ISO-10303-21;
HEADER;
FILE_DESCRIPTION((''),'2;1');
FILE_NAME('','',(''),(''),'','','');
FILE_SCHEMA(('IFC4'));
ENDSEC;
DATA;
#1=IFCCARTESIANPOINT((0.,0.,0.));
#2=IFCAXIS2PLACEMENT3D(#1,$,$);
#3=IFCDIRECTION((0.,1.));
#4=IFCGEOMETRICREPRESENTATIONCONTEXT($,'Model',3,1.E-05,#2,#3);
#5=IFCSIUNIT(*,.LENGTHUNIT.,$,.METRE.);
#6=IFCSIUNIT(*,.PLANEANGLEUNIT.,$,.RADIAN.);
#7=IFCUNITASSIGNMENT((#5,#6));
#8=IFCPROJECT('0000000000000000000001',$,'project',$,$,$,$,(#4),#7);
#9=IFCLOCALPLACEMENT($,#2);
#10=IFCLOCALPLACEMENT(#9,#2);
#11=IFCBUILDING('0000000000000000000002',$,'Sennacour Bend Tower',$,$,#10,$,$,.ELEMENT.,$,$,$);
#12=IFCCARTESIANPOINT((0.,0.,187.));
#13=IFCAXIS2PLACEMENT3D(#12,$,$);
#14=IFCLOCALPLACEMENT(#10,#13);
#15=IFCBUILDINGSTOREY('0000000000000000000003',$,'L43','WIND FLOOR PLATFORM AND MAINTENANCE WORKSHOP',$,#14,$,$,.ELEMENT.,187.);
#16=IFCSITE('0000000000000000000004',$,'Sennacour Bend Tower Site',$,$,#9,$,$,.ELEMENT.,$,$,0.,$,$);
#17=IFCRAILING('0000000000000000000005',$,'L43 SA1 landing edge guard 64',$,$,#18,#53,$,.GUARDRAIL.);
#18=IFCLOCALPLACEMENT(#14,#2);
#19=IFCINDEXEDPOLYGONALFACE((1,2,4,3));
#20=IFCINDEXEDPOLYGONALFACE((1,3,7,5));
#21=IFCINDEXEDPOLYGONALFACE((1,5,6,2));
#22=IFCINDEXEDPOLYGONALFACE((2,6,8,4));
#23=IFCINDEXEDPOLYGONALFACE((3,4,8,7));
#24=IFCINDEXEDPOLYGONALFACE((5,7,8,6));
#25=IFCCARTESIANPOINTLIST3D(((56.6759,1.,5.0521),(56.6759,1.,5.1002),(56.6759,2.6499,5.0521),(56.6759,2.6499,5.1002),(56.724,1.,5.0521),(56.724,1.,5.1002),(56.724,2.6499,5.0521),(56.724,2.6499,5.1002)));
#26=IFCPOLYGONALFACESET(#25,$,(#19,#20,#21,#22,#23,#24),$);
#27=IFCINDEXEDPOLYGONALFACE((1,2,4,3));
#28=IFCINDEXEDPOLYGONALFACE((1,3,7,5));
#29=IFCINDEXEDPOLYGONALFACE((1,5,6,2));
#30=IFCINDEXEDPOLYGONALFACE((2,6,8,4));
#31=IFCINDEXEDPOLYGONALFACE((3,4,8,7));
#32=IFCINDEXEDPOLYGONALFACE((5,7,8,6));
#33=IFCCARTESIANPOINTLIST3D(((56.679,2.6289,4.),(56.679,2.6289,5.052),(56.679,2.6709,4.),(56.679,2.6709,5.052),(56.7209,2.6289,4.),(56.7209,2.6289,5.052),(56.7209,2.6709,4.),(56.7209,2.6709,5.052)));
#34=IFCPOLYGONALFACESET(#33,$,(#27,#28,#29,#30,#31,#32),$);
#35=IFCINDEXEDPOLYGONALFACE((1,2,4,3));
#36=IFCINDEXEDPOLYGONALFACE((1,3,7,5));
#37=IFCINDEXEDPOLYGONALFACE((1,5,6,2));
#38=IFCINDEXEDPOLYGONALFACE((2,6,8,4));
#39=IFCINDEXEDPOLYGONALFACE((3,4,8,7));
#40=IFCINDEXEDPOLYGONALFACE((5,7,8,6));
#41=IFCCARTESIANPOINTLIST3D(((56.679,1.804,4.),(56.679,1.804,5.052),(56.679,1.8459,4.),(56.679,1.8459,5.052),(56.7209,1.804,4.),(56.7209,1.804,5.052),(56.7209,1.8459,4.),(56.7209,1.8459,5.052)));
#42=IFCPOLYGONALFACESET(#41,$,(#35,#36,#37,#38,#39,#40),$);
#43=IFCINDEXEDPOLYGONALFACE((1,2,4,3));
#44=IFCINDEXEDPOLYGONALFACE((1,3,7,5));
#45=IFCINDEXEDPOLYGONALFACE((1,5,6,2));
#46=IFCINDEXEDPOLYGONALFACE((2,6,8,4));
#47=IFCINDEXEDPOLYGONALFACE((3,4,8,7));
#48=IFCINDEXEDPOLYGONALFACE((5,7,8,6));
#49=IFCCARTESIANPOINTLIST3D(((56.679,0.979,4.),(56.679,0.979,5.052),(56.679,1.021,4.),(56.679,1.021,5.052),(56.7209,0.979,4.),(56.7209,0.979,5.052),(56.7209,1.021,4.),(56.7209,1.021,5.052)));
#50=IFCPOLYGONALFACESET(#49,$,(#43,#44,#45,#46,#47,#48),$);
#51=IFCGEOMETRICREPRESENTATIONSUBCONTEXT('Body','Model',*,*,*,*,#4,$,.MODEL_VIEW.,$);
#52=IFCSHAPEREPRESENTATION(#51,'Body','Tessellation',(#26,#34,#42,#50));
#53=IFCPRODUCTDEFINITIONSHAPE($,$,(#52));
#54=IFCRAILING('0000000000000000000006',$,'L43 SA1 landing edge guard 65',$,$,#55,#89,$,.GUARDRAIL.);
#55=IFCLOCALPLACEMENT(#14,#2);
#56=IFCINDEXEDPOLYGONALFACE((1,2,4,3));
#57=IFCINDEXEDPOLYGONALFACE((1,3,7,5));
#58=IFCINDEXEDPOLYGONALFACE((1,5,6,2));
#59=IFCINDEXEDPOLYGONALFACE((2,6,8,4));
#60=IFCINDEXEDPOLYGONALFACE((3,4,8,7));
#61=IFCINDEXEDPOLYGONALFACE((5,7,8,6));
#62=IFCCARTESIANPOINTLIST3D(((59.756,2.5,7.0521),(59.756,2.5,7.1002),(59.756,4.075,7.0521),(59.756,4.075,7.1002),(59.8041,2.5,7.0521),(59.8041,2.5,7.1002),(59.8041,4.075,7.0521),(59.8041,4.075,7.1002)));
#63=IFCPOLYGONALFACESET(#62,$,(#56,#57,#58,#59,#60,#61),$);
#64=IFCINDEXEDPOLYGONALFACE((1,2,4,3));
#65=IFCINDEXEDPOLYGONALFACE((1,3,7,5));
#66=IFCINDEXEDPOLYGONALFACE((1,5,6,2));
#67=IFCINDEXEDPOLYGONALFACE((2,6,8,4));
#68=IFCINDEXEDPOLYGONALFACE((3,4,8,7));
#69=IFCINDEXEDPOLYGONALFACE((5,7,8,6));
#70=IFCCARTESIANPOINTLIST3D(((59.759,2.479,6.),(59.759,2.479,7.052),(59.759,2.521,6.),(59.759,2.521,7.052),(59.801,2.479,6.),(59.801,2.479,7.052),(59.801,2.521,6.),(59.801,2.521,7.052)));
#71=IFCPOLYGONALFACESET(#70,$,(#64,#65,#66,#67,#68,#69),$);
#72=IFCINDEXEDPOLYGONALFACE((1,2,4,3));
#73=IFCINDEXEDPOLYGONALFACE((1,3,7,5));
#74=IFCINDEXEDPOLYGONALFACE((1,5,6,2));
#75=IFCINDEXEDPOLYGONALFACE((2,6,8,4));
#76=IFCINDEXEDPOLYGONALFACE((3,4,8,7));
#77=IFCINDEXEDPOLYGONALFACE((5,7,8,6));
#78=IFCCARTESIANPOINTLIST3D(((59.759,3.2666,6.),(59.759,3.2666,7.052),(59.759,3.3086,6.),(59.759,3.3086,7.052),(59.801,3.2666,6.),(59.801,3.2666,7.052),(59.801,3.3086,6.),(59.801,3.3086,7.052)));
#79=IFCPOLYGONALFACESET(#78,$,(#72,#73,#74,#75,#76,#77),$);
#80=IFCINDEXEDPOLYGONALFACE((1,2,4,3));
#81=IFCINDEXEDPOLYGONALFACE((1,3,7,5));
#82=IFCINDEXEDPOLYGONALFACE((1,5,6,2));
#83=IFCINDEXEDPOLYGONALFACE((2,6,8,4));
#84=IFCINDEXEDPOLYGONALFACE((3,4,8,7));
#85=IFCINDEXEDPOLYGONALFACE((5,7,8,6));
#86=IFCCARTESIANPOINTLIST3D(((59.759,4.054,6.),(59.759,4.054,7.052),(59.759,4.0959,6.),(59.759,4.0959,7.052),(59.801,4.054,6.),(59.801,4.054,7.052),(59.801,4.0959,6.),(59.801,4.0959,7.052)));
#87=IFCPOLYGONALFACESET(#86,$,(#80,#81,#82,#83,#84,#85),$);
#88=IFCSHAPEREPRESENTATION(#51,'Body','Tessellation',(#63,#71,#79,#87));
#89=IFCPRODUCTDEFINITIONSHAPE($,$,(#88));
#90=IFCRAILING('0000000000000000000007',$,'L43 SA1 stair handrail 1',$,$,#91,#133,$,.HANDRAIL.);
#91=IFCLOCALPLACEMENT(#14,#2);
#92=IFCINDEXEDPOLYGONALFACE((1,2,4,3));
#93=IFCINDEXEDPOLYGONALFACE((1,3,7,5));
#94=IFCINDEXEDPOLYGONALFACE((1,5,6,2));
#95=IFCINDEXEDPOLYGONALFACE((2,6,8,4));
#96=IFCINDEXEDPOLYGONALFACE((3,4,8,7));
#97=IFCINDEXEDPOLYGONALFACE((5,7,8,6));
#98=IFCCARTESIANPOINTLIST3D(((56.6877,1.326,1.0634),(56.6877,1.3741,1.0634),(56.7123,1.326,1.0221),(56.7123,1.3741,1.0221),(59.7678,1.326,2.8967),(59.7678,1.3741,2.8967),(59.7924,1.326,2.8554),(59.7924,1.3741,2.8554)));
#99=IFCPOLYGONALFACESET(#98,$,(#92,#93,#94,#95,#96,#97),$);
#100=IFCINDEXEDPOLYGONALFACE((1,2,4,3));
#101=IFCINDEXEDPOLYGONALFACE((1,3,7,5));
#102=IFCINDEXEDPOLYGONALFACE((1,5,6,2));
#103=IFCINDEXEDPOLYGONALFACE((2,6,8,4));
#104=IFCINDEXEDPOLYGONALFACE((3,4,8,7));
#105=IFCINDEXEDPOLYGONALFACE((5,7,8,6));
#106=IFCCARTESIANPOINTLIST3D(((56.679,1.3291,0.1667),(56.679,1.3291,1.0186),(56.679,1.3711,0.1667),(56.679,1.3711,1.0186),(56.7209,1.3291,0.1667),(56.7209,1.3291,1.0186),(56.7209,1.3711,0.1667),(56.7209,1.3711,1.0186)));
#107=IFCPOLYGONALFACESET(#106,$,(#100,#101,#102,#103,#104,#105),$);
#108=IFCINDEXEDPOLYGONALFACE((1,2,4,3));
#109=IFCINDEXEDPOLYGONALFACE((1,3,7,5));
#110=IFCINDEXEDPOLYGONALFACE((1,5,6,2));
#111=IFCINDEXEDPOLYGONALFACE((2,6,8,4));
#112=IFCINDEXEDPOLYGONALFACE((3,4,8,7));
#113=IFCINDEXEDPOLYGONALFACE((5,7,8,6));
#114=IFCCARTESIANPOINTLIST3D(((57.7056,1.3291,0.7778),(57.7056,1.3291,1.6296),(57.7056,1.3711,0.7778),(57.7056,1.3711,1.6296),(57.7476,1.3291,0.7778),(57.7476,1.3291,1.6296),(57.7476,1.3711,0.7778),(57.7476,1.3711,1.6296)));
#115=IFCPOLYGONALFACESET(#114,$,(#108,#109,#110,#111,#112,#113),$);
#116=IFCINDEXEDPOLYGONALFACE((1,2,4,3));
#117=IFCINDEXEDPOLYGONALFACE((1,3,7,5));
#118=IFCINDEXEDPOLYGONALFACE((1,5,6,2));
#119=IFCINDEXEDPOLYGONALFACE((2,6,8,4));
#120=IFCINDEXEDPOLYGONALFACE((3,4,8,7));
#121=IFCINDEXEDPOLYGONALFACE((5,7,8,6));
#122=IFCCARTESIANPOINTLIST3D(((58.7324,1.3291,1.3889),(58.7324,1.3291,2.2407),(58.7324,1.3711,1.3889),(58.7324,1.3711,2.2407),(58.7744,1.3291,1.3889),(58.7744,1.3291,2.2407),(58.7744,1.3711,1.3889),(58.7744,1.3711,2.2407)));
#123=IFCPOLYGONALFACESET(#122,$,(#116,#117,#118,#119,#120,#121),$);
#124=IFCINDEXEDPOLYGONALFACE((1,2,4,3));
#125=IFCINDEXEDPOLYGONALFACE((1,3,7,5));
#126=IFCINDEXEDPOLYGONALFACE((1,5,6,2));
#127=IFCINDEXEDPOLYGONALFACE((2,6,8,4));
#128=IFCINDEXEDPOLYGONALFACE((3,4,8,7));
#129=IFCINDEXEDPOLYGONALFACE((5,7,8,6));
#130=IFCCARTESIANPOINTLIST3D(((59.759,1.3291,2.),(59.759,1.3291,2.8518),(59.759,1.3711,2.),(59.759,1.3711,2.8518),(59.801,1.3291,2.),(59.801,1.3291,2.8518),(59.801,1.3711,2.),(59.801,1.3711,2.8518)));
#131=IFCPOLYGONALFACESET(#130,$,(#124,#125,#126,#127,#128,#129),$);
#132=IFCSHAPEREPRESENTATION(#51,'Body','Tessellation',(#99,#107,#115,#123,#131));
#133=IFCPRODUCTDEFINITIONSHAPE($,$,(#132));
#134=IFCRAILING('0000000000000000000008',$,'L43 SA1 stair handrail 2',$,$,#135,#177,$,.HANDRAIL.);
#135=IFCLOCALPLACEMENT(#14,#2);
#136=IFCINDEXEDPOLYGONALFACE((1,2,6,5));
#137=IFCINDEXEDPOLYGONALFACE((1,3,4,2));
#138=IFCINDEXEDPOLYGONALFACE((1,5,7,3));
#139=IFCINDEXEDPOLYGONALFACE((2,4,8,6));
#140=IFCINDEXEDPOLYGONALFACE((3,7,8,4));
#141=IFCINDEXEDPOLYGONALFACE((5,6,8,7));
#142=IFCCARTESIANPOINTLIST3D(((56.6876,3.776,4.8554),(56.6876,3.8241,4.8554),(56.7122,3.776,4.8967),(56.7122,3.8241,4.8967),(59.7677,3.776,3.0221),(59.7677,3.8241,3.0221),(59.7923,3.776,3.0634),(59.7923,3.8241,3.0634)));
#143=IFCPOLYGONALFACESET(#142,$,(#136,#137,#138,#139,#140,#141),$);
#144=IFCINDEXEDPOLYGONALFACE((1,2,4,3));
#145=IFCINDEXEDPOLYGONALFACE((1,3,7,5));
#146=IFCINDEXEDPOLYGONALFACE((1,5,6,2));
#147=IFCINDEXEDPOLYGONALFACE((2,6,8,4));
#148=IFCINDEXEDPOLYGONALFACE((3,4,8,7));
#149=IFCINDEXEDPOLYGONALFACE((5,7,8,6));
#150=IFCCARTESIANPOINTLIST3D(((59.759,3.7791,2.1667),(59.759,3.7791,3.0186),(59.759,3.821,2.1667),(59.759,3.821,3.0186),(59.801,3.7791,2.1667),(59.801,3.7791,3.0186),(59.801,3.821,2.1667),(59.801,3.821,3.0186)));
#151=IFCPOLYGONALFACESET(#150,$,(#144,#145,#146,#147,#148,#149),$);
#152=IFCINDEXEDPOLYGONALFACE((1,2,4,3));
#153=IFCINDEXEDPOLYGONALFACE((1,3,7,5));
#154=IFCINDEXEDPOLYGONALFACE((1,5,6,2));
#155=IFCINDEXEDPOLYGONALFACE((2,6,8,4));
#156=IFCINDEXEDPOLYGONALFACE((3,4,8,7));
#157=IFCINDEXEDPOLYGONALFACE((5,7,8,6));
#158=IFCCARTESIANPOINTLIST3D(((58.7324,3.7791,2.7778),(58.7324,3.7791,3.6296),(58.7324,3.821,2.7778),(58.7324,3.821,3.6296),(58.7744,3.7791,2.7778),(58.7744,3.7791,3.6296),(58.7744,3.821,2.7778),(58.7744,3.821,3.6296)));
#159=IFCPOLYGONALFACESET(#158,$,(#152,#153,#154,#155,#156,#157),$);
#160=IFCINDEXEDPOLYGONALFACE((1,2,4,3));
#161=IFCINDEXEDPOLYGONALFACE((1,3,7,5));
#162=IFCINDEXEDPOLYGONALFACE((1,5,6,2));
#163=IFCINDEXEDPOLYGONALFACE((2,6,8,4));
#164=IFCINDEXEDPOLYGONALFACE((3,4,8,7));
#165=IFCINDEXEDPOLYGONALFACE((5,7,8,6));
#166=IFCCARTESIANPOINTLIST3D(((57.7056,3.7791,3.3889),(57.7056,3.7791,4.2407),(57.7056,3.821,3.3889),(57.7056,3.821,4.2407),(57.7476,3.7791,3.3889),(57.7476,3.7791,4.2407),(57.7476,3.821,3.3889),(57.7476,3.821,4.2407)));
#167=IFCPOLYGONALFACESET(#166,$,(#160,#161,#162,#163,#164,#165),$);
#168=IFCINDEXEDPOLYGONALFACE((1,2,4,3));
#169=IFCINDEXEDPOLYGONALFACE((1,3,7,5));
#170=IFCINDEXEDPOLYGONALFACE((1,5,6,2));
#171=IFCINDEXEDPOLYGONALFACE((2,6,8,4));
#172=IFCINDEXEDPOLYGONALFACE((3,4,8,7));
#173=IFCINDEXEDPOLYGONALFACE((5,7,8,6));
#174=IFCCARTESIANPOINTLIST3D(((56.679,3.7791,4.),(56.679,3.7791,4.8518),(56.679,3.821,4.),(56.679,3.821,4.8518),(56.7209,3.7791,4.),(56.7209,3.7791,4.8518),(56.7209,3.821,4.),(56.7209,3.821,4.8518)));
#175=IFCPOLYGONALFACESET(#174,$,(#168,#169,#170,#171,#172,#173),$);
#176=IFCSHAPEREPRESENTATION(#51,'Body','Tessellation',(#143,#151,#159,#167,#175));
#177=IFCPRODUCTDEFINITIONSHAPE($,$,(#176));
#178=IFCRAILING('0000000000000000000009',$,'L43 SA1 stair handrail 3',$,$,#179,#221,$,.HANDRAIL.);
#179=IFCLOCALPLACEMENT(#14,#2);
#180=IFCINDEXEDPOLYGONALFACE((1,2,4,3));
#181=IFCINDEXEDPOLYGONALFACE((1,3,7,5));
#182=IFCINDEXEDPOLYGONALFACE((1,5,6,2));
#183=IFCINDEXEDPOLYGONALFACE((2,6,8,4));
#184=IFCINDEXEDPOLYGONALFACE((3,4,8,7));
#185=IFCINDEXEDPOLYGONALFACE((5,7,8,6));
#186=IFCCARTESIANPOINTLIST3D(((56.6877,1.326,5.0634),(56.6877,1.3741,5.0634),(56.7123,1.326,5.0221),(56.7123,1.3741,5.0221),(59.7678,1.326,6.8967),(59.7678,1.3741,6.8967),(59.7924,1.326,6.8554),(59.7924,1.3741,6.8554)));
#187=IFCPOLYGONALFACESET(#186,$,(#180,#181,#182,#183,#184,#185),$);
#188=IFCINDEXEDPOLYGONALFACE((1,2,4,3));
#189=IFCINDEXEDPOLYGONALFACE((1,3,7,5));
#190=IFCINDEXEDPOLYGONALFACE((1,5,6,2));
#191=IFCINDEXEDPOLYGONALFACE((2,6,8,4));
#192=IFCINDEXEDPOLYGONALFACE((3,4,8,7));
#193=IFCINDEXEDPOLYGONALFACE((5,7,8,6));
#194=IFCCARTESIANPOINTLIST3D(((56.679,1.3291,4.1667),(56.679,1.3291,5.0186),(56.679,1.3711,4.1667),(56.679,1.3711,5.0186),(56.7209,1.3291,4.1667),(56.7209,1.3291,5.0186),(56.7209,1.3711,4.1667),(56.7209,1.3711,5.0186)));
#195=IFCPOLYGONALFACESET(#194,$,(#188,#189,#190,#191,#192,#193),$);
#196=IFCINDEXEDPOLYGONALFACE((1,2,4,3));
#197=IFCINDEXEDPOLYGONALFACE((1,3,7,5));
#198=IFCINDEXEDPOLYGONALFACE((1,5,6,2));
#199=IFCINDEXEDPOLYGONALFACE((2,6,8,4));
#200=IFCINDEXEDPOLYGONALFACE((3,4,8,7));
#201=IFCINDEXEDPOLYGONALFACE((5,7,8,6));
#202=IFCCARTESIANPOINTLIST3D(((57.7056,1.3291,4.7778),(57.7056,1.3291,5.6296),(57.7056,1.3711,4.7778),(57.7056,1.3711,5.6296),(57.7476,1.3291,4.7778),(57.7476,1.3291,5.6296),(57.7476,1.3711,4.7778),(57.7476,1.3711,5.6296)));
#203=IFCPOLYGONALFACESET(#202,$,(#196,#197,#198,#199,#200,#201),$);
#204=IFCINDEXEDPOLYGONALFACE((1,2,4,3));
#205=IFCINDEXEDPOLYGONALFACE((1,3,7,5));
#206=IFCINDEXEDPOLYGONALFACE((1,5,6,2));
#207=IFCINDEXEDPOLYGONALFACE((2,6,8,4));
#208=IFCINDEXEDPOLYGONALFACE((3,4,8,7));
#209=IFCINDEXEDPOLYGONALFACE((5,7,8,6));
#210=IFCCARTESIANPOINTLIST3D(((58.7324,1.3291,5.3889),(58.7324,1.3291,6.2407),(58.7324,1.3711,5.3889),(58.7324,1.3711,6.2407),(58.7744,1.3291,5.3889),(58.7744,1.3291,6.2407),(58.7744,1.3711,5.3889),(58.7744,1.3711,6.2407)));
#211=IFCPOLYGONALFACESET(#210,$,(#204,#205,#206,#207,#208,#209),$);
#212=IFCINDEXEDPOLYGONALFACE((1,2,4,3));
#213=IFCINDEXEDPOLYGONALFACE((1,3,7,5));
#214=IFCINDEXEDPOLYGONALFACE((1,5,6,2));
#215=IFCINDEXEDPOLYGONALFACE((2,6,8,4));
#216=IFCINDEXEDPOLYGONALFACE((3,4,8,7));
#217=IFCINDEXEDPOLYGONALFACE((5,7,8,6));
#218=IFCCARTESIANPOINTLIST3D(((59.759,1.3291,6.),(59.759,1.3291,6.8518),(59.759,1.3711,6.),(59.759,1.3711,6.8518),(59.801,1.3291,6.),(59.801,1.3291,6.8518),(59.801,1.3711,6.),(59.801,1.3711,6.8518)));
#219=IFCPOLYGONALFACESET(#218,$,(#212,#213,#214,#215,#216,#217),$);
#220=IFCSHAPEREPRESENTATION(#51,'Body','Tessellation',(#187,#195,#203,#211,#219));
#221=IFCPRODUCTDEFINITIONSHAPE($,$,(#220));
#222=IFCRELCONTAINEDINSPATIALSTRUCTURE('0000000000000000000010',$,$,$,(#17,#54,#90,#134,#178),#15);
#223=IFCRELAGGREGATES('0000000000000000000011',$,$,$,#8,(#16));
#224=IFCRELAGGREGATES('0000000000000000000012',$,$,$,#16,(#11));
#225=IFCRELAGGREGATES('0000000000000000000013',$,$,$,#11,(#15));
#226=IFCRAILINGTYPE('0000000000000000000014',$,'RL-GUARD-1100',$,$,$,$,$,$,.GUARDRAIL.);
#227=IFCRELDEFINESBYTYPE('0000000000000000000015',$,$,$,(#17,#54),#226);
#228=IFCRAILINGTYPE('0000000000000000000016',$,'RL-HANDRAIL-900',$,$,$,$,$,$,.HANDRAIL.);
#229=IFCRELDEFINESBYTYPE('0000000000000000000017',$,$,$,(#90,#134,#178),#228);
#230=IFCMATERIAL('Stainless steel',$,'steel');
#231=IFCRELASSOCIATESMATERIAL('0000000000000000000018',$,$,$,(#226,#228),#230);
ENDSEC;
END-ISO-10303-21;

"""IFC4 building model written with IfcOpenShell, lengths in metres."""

from ifc_helpers import new_model, si_unit, direction, frame, origin, origin_2d, place, context, subcontext, project, spatial, rectangle, extrude, material, type_object, element, save


model = new_model("IFC4")

# Units and contexts
model_context = context("Model", 3, precision=1e-05, world=origin(), true_north=direction((0.0, 1.0)))
body_context = subcontext(model_context, "Body", "Model", "MODEL_VIEW")
ifc_project = project(units=[si_unit("LENGTHUNIT", "METRE"), si_unit("PLANEANGLEUNIT", "RADIAN")], contexts=[model_context])

# Site, building, storey
site_placement = place(None, origin())
site = spatial("IfcSite", under=ifc_project, at=site_placement, Name="Sennacour Bend Tower Site", CompositionType="ELEMENT", RefElevation=0.0)
building_placement = place(site_placement, origin())
building = spatial("IfcBuilding", under=site, at=building_placement, Name="Sennacour Bend Tower", CompositionType="ELEMENT")
storey_placement = place(building_placement, frame((0.0, 0.0, 187.0)))
storey = spatial("IfcBuildingStorey", under=building, at=storey_placement, Name="L43", Description="WIND FLOOR PLATFORM AND MAINTENANCE WORKSHOP", CompositionType="ELEMENT", Elevation=187.0)

# Railings
ifc_material_1 = material(Name="Stainless steel", Category="steel")
railing_type_1 = type_object("IfcRailingType", Name="RL-GUARD-1100", PredefinedType="GUARDRAIL", material=ifc_material_1)
railing_1_placement = place(storey_placement, frame((56.7, 2.6499, 4.0)))
element("IfcRailing", 1, at=railing_1_placement, inside=storey, type_object=railing_type_1, Name="L43 SA1 landing edge guard 64", PredefinedType="GUARDRAIL", context=body_context, shape_type="SweptSolid", body=[
    extrude(rectangle(XDim=0.0481, YDim=0.0481, at=origin_2d()), frame((0.0, 0.0, 1.0762), z_axis=(0.0, -1.0, 0.0), x_axis=(1.0, 0.0, 0.0)), (0.0, 0.0, 1.0), 1.6499),
    extrude(rectangle(XDim=0.042, YDim=0.042, at=origin_2d()), origin(), (0.0, 0.0, 1.0), 1.052),
    extrude(rectangle(XDim=0.042, YDim=0.042, at=origin_2d()), frame((0.0, -0.825, 0.0)), (0.0, 0.0, 1.0), 1.052),
    extrude(rectangle(XDim=0.042, YDim=0.042, at=origin_2d()), frame((0.0, -1.6499, 0.0)), (0.0, 0.0, 1.0), 1.052),
])
railing_2_placement = place(storey_placement, frame((59.78, 2.5, 6.0)))
element("IfcRailing", 2, at=railing_2_placement, inside=storey, type_object=railing_type_1, Name="L43 SA1 landing edge guard 65", PredefinedType="GUARDRAIL", context=body_context, shape_type="SweptSolid", body=[
    extrude(rectangle(XDim=0.0481, YDim=0.0481, at=origin_2d()), frame((0.0, 0.0, 1.0762), z_axis=(0.0, 1.0, 0.0), x_axis=(-1.0, 0.0, 0.0)), (0.0, 0.0, 1.0), 1.575),
    extrude(rectangle(XDim=0.042, YDim=0.042, at=origin_2d()), origin(), (0.0, 0.0, 1.0), 1.052),
    extrude(rectangle(XDim=0.042, YDim=0.042, at=origin_2d()), frame((0.0, 0.7876, 0.0)), (0.0, 0.0, 1.0), 1.052),
    extrude(rectangle(XDim=0.042, YDim=0.042, at=origin_2d()), frame((0.0, 1.575, 0.0)), (0.0, 0.0, 1.0), 1.052),
])
railing_type_2 = type_object("IfcRailingType", Name="RL-HANDRAIL-900", PredefinedType="HANDRAIL", material=ifc_material_1)
railing_3_placement = place(storey_placement, frame((56.7, 1.3501, 0.1667)))
element("IfcRailing", 3, at=railing_3_placement, inside=storey, type_object=railing_type_2, Name="L43 SA1 stair handrail 1", PredefinedType="HANDRAIL", context=body_context, shape_type="SweptSolid", body=[
    extrude(rectangle(XDim=0.0481, YDim=0.0481, at=origin_2d()), frame((0.0, 0.0, 0.876), z_axis=(0.859309, 0.0, 0.511458), x_axis=(0.0, 1.0, 0.0)), (0.0, 0.0, 1.0), 3.5845),
    extrude(rectangle(XDim=0.042, YDim=0.042, at=origin_2d()), origin(), (0.0, 0.0, 1.0), 0.8518),
    extrude(rectangle(XDim=0.042, YDim=0.042, at=origin_2d()), frame((1.0266, 0.0, 0.6111)), (0.0, 0.0, 1.0), 0.8518),
    extrude(rectangle(XDim=0.042, YDim=0.042, at=origin_2d()), frame((2.0535, 0.0, 1.2222)), (0.0, 0.0, 1.0), 0.8518),
    extrude(rectangle(XDim=0.042, YDim=0.042, at=origin_2d()), frame((3.0801, 0.0, 1.8333)), (0.0, 0.0, 1.0), 0.8518),
])
railing_4_placement = place(storey_placement, frame((59.78, 3.8, 2.1667)))
element("IfcRailing", 4, at=railing_4_placement, inside=storey, type_object=railing_type_2, Name="L43 SA1 stair handrail 2", PredefinedType="HANDRAIL", context=body_context, shape_type="SweptSolid", body=[
    extrude(rectangle(XDim=0.0481, YDim=0.0481, at=origin_2d()), frame((0.0, 0.0, 0.876), z_axis=(-0.859309, 0.0, 0.511458), x_axis=(0.0, -1.0, 0.0)), (0.0, 0.0, 1.0), 3.5845),
    extrude(rectangle(XDim=0.042, YDim=0.042, at=origin_2d()), origin(), (0.0, 0.0, 1.0), 0.8518),
    extrude(rectangle(XDim=0.042, YDim=0.042, at=origin_2d()), frame((-1.0266, 0.0, 0.6111)), (0.0, 0.0, 1.0), 0.8518),
    extrude(rectangle(XDim=0.042, YDim=0.042, at=origin_2d()), frame((-2.0535, 0.0, 1.2222)), (0.0, 0.0, 1.0), 0.8518),
    extrude(rectangle(XDim=0.042, YDim=0.042, at=origin_2d()), frame((-3.0801, 0.0, 1.8333)), (0.0, 0.0, 1.0), 0.8518),
])
railing_5_placement = place(storey_placement, frame((56.7, 1.3501, 4.1667)))
element("IfcRailing", 5, at=railing_5_placement, inside=storey, type_object=railing_type_2, Name="L43 SA1 stair handrail 3", PredefinedType="HANDRAIL", context=body_context, shape_type="SweptSolid", body=[
    extrude(rectangle(XDim=0.0481, YDim=0.0481, at=origin_2d()), frame((0.0, 0.0, 0.876), z_axis=(0.859309, 0.0, 0.511458), x_axis=(0.0, 1.0, 0.0)), (0.0, 0.0, 1.0), 3.5845),
    extrude(rectangle(XDim=0.042, YDim=0.042, at=origin_2d()), origin(), (0.0, 0.0, 1.0), 0.8518),
    extrude(rectangle(XDim=0.042, YDim=0.042, at=origin_2d()), frame((1.0266, 0.0, 0.6111)), (0.0, 0.0, 1.0), 0.8518),
    extrude(rectangle(XDim=0.042, YDim=0.042, at=origin_2d()), frame((2.0535, 0.0, 1.2222)), (0.0, 0.0, 1.0), 0.8518),
    extrude(rectangle(XDim=0.042, YDim=0.042, at=origin_2d()), frame((3.0801, 0.0, 1.8333)), (0.0, 0.0, 1.0), 0.8518),
])

save(model, "model.ifc")
